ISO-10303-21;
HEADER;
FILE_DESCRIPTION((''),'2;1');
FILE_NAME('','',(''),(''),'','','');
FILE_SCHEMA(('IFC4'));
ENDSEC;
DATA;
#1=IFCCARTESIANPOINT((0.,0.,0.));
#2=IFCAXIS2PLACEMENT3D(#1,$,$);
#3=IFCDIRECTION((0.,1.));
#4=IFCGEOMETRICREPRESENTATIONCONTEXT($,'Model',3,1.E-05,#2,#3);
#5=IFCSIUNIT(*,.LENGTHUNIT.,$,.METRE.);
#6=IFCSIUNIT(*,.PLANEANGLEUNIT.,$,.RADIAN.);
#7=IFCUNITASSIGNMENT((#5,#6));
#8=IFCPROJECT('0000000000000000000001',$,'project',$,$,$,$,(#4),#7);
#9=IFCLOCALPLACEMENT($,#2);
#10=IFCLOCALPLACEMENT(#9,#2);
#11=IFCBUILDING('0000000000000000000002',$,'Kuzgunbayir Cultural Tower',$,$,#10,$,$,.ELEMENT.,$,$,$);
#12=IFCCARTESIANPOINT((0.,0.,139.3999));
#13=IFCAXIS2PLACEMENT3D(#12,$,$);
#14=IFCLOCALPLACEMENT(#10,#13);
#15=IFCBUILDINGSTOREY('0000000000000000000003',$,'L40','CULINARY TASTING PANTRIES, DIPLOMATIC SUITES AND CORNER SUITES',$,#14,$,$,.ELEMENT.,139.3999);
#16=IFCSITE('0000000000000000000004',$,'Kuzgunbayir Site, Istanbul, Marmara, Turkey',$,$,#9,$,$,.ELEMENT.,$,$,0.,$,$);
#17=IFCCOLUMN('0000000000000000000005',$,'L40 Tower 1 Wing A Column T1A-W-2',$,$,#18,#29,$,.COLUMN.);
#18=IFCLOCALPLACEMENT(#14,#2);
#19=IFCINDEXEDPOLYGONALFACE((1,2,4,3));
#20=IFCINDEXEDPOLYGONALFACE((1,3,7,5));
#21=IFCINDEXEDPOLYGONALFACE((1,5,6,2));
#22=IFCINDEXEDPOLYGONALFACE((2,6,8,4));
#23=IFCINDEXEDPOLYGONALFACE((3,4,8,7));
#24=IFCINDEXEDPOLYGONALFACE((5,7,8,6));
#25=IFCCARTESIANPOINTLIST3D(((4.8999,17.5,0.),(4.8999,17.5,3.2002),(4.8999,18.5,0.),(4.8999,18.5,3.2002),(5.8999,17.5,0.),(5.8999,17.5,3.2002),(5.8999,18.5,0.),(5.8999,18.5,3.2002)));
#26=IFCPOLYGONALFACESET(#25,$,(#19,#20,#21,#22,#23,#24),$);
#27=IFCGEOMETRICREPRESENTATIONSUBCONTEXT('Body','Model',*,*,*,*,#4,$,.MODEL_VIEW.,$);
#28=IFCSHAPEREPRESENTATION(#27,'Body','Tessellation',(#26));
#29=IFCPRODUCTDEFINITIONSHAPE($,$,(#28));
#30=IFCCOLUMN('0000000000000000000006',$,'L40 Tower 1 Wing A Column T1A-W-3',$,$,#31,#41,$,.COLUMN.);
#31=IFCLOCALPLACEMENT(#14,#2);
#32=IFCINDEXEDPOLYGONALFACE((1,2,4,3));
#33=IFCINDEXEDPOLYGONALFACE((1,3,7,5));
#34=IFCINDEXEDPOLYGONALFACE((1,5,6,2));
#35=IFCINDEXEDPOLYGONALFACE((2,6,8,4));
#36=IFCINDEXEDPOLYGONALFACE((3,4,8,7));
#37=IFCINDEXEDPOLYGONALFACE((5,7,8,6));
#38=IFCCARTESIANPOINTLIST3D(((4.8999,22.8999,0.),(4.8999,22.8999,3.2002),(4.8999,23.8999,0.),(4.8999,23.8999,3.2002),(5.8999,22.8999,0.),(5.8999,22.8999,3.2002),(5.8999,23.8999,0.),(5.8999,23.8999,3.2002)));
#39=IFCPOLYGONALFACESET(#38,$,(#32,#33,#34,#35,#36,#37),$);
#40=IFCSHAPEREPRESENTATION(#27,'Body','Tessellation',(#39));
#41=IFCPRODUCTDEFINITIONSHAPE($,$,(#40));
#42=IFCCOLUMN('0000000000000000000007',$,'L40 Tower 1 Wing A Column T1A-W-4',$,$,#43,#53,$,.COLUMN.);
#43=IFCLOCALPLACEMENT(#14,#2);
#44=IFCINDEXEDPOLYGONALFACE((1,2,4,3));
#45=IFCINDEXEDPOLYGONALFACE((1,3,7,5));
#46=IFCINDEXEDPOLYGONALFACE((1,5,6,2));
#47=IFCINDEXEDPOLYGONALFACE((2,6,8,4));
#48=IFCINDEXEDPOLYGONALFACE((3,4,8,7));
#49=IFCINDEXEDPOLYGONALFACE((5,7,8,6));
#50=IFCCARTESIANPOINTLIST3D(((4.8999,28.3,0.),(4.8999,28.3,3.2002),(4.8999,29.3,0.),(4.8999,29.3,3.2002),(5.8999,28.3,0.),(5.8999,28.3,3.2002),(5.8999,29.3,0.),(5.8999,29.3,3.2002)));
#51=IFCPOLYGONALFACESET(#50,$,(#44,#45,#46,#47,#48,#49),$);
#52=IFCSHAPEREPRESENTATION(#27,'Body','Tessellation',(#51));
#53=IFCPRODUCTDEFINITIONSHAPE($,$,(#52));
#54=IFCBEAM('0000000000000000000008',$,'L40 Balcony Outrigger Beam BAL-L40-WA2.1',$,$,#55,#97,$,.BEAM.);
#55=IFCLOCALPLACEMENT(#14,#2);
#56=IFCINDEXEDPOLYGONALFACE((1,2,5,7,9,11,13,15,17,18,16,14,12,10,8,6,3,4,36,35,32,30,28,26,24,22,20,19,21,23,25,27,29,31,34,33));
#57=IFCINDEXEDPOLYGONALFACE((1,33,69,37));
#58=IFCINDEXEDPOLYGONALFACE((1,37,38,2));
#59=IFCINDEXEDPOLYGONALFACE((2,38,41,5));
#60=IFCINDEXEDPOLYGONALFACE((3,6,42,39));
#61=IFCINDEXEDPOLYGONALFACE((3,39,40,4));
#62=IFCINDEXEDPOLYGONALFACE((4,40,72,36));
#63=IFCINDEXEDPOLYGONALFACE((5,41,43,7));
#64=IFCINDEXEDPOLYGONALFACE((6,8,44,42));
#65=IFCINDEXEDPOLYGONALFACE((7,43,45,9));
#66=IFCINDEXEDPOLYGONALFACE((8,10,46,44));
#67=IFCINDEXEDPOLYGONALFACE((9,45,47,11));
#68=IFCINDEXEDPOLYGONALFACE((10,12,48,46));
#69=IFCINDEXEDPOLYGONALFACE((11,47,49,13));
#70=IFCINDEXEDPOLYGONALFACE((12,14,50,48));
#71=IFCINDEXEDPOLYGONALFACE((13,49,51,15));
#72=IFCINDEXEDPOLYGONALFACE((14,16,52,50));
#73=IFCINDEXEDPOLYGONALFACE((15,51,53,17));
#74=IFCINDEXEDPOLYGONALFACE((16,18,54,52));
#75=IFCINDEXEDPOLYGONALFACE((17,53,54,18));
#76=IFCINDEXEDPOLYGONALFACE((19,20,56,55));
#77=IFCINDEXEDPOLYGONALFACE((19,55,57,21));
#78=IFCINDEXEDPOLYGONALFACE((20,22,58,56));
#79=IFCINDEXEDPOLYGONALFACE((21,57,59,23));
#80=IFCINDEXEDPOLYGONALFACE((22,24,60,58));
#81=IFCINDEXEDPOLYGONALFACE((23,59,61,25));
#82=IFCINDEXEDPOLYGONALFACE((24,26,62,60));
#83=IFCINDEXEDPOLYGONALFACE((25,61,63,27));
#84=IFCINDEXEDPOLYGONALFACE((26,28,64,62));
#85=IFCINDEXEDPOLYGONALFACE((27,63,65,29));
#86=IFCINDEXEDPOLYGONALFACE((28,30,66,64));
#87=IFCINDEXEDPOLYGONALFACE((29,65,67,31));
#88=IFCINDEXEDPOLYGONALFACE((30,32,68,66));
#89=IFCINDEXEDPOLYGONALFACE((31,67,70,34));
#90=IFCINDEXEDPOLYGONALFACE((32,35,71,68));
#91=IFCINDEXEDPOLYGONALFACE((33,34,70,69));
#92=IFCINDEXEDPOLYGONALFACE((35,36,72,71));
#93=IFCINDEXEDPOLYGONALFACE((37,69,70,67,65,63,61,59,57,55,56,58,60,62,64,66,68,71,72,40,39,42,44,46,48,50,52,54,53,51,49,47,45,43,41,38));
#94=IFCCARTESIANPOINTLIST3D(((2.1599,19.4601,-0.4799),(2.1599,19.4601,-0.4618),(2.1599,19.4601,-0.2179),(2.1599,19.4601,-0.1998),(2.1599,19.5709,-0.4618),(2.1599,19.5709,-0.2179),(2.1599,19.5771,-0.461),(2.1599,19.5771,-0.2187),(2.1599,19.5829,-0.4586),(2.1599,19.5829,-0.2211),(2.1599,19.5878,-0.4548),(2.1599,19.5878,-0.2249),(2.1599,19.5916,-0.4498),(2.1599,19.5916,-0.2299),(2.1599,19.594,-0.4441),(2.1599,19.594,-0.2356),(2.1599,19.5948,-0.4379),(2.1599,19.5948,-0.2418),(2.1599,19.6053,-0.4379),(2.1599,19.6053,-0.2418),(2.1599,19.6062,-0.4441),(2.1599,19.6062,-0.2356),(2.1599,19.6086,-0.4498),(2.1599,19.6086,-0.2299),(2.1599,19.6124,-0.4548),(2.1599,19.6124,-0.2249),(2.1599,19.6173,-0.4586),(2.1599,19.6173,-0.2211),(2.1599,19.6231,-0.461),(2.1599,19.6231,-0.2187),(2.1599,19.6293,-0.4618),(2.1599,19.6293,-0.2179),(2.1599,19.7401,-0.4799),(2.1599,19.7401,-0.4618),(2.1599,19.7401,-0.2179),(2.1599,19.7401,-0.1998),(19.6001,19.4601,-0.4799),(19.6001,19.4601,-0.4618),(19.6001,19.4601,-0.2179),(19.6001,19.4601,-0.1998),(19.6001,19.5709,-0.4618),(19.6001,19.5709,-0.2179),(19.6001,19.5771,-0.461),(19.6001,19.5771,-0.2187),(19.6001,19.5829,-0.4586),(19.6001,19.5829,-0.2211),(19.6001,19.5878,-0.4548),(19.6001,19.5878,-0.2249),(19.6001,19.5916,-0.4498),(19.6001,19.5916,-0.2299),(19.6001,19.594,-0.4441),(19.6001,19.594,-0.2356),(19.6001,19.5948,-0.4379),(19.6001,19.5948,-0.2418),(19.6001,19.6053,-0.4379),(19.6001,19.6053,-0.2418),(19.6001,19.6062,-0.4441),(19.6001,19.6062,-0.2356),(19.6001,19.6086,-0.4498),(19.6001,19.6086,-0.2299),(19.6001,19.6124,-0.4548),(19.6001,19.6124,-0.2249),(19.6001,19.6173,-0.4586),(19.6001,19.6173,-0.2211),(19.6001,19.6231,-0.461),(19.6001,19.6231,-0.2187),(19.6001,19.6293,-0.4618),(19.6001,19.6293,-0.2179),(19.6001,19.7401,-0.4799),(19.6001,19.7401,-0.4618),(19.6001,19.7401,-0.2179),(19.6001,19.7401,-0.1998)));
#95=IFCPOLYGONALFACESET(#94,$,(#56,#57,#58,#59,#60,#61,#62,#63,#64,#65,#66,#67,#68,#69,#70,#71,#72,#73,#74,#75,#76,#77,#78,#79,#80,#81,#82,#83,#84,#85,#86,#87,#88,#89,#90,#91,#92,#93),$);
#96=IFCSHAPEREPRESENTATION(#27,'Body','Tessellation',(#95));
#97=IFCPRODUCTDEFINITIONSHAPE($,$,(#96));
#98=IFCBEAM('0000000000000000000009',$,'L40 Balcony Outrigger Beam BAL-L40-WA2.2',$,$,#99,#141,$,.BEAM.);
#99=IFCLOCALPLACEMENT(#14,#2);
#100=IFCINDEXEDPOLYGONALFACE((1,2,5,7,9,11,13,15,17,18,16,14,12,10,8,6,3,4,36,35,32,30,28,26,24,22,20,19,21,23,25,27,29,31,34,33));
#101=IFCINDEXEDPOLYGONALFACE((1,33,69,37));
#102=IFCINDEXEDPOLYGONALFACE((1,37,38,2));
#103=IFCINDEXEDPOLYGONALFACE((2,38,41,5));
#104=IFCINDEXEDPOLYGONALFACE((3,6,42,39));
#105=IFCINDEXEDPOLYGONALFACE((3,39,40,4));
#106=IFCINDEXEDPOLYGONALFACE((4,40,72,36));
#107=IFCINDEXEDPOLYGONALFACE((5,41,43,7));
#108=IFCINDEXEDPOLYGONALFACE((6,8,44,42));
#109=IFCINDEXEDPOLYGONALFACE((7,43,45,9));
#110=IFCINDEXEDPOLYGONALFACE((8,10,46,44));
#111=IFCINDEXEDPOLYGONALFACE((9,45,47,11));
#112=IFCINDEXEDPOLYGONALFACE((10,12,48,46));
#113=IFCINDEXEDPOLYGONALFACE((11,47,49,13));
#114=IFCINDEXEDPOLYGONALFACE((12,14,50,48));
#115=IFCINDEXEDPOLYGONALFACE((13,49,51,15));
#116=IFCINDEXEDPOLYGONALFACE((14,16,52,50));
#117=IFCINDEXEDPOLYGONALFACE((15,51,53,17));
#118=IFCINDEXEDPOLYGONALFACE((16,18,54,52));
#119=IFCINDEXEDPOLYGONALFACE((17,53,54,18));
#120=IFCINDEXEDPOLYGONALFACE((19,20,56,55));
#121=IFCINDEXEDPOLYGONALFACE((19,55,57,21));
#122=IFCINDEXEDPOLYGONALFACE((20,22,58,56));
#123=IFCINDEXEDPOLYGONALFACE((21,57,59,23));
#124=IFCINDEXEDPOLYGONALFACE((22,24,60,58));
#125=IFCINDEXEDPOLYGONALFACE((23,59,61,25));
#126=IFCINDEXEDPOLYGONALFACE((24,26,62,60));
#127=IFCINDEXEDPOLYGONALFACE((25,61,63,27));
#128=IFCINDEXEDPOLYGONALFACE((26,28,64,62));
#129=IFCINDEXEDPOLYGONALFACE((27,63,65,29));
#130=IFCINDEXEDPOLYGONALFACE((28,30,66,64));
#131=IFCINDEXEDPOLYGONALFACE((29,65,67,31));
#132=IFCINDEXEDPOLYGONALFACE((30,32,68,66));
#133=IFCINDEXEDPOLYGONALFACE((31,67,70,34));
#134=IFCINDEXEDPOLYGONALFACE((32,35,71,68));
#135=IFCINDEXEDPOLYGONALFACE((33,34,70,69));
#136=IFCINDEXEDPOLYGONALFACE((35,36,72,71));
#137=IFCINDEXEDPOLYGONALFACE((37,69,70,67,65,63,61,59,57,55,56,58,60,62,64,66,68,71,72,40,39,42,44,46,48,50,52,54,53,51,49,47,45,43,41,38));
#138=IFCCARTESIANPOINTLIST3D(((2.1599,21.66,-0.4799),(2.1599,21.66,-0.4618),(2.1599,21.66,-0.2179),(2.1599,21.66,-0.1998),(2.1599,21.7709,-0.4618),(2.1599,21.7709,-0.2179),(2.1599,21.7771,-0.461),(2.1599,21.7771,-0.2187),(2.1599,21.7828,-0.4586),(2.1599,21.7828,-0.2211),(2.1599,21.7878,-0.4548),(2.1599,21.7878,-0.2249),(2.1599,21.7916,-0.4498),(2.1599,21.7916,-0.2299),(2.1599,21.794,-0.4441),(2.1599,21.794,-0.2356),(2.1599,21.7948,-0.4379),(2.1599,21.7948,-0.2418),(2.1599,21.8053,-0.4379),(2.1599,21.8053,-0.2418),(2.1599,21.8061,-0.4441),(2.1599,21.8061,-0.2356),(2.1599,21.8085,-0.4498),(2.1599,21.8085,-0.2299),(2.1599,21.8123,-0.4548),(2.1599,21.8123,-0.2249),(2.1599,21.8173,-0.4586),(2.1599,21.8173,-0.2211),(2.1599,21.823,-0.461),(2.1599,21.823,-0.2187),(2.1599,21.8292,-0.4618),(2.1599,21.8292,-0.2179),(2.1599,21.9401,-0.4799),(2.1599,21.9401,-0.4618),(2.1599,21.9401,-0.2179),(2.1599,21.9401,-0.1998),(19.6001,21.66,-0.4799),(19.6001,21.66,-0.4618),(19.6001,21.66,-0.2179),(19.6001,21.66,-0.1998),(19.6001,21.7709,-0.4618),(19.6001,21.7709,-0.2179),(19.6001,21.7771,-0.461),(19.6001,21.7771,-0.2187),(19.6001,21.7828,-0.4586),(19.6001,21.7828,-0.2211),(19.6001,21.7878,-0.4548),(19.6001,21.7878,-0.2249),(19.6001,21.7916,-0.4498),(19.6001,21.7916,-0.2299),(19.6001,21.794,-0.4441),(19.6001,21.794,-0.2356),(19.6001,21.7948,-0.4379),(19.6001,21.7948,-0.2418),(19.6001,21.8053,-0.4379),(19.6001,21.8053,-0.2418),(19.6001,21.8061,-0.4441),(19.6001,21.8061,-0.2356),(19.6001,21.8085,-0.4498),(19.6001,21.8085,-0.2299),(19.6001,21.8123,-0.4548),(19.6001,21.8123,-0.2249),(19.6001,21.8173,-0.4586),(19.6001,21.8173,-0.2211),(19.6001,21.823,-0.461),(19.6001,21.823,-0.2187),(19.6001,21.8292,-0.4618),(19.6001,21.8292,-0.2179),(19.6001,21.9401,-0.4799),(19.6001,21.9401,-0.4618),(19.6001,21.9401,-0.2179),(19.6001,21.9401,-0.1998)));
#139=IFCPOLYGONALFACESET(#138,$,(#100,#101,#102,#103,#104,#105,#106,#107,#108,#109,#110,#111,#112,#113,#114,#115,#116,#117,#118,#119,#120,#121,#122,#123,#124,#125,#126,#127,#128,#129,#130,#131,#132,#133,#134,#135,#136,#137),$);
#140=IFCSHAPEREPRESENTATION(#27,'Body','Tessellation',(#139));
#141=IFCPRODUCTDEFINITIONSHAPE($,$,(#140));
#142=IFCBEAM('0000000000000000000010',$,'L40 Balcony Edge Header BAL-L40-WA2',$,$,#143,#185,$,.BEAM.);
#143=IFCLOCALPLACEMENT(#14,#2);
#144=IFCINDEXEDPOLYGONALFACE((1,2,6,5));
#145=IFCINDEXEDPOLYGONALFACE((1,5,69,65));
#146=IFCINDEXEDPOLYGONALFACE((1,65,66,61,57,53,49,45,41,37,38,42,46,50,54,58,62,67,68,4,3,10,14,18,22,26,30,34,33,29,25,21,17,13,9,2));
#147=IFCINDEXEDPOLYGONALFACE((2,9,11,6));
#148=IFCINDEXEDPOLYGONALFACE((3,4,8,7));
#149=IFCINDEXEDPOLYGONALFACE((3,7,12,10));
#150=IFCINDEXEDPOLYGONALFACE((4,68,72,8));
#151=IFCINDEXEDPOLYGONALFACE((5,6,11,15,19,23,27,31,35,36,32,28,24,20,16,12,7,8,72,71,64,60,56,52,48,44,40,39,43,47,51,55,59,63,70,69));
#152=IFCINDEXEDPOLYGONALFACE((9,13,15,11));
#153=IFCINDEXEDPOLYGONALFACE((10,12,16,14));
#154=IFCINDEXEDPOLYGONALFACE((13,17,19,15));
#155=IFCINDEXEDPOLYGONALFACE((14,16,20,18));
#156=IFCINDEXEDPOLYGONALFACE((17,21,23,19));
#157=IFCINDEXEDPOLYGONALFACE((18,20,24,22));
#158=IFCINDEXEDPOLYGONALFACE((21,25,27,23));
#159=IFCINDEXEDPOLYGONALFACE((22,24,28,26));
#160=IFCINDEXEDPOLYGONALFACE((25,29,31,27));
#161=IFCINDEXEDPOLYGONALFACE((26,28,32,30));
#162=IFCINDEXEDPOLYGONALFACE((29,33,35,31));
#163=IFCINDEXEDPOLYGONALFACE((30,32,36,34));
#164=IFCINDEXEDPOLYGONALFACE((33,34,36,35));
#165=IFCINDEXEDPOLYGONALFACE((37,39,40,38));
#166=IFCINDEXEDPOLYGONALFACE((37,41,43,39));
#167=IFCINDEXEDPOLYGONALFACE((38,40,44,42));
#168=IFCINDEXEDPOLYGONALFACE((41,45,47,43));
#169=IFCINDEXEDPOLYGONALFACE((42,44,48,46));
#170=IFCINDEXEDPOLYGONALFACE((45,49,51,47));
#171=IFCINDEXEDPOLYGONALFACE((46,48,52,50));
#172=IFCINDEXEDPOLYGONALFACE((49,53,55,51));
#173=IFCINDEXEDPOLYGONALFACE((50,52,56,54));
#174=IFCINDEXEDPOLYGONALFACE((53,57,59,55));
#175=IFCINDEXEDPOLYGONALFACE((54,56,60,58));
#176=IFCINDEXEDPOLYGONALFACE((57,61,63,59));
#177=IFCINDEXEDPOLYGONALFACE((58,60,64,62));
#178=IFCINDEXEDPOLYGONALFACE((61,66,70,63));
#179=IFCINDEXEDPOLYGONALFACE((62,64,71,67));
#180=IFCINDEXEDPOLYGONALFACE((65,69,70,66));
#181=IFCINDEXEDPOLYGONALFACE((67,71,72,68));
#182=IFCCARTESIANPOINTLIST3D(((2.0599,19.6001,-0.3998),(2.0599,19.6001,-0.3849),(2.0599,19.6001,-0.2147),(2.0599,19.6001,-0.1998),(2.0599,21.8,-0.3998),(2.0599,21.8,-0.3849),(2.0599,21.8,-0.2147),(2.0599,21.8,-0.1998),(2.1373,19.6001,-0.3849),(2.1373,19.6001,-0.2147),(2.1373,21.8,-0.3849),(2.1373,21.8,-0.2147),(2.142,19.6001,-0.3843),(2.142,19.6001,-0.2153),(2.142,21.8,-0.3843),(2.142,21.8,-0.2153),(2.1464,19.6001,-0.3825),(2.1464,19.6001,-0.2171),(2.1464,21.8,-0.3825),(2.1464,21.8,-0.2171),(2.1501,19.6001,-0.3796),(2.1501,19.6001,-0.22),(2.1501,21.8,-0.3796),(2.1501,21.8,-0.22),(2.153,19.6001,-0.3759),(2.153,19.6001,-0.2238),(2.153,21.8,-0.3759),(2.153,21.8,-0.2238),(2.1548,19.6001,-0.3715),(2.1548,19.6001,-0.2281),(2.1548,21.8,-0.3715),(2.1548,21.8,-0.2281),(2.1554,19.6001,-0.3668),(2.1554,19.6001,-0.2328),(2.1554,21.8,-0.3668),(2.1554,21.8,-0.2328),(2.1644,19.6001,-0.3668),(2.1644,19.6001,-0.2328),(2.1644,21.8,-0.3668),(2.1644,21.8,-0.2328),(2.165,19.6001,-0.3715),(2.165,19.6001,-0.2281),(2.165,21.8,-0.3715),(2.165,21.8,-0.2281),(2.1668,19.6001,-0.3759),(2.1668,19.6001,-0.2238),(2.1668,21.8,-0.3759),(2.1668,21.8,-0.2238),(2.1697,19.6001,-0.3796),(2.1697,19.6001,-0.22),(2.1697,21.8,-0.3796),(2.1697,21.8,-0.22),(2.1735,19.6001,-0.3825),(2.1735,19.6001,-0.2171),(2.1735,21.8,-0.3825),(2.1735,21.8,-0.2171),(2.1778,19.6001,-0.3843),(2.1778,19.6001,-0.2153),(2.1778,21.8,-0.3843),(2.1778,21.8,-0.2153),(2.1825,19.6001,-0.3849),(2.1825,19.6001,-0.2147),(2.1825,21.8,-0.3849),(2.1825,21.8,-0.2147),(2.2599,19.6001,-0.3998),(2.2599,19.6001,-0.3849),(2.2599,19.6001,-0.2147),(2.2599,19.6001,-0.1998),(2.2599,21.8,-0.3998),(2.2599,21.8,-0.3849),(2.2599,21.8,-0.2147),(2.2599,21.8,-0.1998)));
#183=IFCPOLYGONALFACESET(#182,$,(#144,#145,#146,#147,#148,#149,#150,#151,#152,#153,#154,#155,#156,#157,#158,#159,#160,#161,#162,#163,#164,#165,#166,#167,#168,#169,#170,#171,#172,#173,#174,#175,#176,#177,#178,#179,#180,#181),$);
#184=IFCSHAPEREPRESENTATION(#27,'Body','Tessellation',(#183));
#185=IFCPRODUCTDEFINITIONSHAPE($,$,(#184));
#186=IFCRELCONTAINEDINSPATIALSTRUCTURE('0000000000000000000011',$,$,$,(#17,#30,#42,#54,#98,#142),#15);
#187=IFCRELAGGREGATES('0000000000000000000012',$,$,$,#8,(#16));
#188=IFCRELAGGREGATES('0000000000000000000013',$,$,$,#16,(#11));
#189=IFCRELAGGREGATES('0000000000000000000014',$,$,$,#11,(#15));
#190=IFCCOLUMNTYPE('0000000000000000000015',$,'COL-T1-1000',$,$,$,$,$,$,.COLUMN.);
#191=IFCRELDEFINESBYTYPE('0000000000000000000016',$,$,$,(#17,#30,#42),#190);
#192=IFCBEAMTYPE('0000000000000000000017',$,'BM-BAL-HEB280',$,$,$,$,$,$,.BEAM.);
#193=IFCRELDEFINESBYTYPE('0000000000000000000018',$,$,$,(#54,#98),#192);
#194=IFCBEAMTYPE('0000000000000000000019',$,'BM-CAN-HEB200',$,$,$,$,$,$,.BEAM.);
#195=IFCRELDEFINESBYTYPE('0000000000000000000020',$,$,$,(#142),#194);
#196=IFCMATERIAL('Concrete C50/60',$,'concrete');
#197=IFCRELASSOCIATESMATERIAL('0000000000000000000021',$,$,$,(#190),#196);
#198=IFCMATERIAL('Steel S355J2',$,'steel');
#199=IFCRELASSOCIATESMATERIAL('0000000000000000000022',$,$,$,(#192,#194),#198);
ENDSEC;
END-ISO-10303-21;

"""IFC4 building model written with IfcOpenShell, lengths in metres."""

from ifc_helpers import new_model, si_unit, direction, frame, origin, origin_2d, place, context, subcontext, project, spatial, rectangle, i_section, extrude, material, material_profile, profile_set, type_object, element, save


model = new_model("IFC4")

# Units and contexts
model_context = context("Model", 3, precision=1e-05, world=origin(), true_north=direction((0.0, 1.0)))
body_context = subcontext(model_context, "Body", "Model", "MODEL_VIEW")
ifc_project = project(units=[si_unit("LENGTHUNIT", "METRE"), si_unit("PLANEANGLEUNIT", "RADIAN")], contexts=[model_context])

# Site, building, storey
site_placement = place(None, origin())
site = spatial("IfcSite", under=ifc_project, at=site_placement, Name="Kuzgunbayir Site, Istanbul, Marmara, Turkey", CompositionType="ELEMENT", RefElevation=0.0)
building_placement = place(site_placement, origin())
building = spatial("IfcBuilding", under=site, at=building_placement, Name="Kuzgunbayir Cultural Tower", CompositionType="ELEMENT")
storey_placement = place(building_placement, frame((0.0, 0.0, 139.3999)))
storey = spatial("IfcBuildingStorey", under=building, at=storey_placement, Name="L40", Description="CULINARY TASTING PANTRIES, DIPLOMATIC SUITES AND CORNER SUITES", CompositionType="ELEMENT", Elevation=139.3999)

# Columns
ifc_material_1 = material(Name="Concrete C50/60", Category="concrete")
ifc_material_profile_1 = material_profile(ifc_material_1, rectangle(XDim=1.0, YDim=1.0, at=origin_2d()), Name="RC 1000x1000")
ifc_profile_set_1 = profile_set([ifc_material_profile_1], Name="Concrete C50/60")
column_type = type_object("IfcColumnType", Name="COL-T1-1000", PredefinedType="COLUMN", material=ifc_profile_set_1)
for number, where, z_axis, x_axis, name in (
    (1, (5.3999, 18.0, 0.0), (0.0, 0.0, 1.0), (1.0, 0.0, 0.0), "L40 Tower 1 Wing A Column T1A-W-2"),
    (2, (5.3999, 23.3999, 0.0), (0.0, 0.0, 1.0), (1.0, 0.0, 0.0), "L40 Tower 1 Wing A Column T1A-W-3"),
    (3, (5.3999, 28.8, 0.0), (0.0, 0.0, 1.0), (1.0, 0.0, 0.0), "L40 Tower 1 Wing A Column T1A-W-4"),
):
    element("IfcColumn", number, at=place(storey_placement, frame(where, z_axis=z_axis, x_axis=x_axis)), inside=storey, type_object=column_type, Name=name, PredefinedType="COLUMN", context=body_context, shape_type="SweptSolid", body=[
        extrude(rectangle(XDim=1.0, YDim=1.0, at=origin_2d()), origin(), (0.0, 0.0, 1.0), 3.2002),
    ])

# Beams
ifc_material_2 = material(Name="Steel S355J2", Category="steel")
ifc_material_profile_2 = material_profile(ifc_material_2, i_section(OverallWidth=0.28, OverallDepth=0.28, WebThickness=0.0105, FlangeThickness=0.0181, FilletRadius=0.0239, at=origin_2d()), Name="HEB 280")
ifc_profile_set_2 = profile_set([ifc_material_profile_2], Name="Steel S355J2")
beam_type_1 = type_object("IfcBeamType", Name="BM-BAL-HEB280", PredefinedType="BEAM", material=ifc_profile_set_2)
for number, where, z_axis, x_axis, name in (
    (4, (2.1599, 19.6001, -0.3398), (1.0, 0.0, 0.0), (0.0, 1.0, 0.0), "L40 Balcony Outrigger Beam BAL-L40-WA2.1"),
    (5, (2.1599, 21.8, -0.3398), (1.0, 0.0, 0.0), (0.0, 1.0, 0.0), "L40 Balcony Outrigger Beam BAL-L40-WA2.2"),
):
    element("IfcBeam", number, at=place(storey_placement, frame(where, z_axis=z_axis, x_axis=x_axis)), inside=storey, type_object=beam_type_1, Name=name, PredefinedType="BEAM", context=body_context, shape_type="SweptSolid", body=[
        extrude(i_section(OverallWidth=0.28, OverallDepth=0.28, WebThickness=0.0105, FlangeThickness=0.0181, FilletRadius=0.0239, at=origin_2d()), origin(), (0.0, 0.0, 1.0), 17.4402),
    ])
ifc_material_profile_3 = material_profile(ifc_material_2, i_section(OverallWidth=0.2, OverallDepth=0.2, WebThickness=0.009, FlangeThickness=0.0149, FilletRadius=0.0181, at=origin_2d()), Name="HEB 200")
ifc_profile_set_3 = profile_set([ifc_material_profile_3], Name="Steel S355J2")
beam_type_2 = type_object("IfcBeamType", Name="BM-CAN-HEB200", PredefinedType="BEAM", material=ifc_profile_set_3)
beam_1_placement = place(storey_placement, frame((2.1599, 19.6001, -0.2998), z_axis=(0.0, 1.0, 0.0), x_axis=(-1.0, 0.0, 0.0)))
element("IfcBeam", 6, at=beam_1_placement, inside=storey, type_object=beam_type_2, Name="L40 Balcony Edge Header BAL-L40-WA2", PredefinedType="BEAM", context=body_context, shape_type="SweptSolid", body=[
    extrude(i_section(OverallWidth=0.2, OverallDepth=0.2, WebThickness=0.009, FlangeThickness=0.0149, FilletRadius=0.0181, at=origin_2d()), origin(), (0.0, 0.0, 1.0), 2.2),
])

save(model, "model.ifc")
